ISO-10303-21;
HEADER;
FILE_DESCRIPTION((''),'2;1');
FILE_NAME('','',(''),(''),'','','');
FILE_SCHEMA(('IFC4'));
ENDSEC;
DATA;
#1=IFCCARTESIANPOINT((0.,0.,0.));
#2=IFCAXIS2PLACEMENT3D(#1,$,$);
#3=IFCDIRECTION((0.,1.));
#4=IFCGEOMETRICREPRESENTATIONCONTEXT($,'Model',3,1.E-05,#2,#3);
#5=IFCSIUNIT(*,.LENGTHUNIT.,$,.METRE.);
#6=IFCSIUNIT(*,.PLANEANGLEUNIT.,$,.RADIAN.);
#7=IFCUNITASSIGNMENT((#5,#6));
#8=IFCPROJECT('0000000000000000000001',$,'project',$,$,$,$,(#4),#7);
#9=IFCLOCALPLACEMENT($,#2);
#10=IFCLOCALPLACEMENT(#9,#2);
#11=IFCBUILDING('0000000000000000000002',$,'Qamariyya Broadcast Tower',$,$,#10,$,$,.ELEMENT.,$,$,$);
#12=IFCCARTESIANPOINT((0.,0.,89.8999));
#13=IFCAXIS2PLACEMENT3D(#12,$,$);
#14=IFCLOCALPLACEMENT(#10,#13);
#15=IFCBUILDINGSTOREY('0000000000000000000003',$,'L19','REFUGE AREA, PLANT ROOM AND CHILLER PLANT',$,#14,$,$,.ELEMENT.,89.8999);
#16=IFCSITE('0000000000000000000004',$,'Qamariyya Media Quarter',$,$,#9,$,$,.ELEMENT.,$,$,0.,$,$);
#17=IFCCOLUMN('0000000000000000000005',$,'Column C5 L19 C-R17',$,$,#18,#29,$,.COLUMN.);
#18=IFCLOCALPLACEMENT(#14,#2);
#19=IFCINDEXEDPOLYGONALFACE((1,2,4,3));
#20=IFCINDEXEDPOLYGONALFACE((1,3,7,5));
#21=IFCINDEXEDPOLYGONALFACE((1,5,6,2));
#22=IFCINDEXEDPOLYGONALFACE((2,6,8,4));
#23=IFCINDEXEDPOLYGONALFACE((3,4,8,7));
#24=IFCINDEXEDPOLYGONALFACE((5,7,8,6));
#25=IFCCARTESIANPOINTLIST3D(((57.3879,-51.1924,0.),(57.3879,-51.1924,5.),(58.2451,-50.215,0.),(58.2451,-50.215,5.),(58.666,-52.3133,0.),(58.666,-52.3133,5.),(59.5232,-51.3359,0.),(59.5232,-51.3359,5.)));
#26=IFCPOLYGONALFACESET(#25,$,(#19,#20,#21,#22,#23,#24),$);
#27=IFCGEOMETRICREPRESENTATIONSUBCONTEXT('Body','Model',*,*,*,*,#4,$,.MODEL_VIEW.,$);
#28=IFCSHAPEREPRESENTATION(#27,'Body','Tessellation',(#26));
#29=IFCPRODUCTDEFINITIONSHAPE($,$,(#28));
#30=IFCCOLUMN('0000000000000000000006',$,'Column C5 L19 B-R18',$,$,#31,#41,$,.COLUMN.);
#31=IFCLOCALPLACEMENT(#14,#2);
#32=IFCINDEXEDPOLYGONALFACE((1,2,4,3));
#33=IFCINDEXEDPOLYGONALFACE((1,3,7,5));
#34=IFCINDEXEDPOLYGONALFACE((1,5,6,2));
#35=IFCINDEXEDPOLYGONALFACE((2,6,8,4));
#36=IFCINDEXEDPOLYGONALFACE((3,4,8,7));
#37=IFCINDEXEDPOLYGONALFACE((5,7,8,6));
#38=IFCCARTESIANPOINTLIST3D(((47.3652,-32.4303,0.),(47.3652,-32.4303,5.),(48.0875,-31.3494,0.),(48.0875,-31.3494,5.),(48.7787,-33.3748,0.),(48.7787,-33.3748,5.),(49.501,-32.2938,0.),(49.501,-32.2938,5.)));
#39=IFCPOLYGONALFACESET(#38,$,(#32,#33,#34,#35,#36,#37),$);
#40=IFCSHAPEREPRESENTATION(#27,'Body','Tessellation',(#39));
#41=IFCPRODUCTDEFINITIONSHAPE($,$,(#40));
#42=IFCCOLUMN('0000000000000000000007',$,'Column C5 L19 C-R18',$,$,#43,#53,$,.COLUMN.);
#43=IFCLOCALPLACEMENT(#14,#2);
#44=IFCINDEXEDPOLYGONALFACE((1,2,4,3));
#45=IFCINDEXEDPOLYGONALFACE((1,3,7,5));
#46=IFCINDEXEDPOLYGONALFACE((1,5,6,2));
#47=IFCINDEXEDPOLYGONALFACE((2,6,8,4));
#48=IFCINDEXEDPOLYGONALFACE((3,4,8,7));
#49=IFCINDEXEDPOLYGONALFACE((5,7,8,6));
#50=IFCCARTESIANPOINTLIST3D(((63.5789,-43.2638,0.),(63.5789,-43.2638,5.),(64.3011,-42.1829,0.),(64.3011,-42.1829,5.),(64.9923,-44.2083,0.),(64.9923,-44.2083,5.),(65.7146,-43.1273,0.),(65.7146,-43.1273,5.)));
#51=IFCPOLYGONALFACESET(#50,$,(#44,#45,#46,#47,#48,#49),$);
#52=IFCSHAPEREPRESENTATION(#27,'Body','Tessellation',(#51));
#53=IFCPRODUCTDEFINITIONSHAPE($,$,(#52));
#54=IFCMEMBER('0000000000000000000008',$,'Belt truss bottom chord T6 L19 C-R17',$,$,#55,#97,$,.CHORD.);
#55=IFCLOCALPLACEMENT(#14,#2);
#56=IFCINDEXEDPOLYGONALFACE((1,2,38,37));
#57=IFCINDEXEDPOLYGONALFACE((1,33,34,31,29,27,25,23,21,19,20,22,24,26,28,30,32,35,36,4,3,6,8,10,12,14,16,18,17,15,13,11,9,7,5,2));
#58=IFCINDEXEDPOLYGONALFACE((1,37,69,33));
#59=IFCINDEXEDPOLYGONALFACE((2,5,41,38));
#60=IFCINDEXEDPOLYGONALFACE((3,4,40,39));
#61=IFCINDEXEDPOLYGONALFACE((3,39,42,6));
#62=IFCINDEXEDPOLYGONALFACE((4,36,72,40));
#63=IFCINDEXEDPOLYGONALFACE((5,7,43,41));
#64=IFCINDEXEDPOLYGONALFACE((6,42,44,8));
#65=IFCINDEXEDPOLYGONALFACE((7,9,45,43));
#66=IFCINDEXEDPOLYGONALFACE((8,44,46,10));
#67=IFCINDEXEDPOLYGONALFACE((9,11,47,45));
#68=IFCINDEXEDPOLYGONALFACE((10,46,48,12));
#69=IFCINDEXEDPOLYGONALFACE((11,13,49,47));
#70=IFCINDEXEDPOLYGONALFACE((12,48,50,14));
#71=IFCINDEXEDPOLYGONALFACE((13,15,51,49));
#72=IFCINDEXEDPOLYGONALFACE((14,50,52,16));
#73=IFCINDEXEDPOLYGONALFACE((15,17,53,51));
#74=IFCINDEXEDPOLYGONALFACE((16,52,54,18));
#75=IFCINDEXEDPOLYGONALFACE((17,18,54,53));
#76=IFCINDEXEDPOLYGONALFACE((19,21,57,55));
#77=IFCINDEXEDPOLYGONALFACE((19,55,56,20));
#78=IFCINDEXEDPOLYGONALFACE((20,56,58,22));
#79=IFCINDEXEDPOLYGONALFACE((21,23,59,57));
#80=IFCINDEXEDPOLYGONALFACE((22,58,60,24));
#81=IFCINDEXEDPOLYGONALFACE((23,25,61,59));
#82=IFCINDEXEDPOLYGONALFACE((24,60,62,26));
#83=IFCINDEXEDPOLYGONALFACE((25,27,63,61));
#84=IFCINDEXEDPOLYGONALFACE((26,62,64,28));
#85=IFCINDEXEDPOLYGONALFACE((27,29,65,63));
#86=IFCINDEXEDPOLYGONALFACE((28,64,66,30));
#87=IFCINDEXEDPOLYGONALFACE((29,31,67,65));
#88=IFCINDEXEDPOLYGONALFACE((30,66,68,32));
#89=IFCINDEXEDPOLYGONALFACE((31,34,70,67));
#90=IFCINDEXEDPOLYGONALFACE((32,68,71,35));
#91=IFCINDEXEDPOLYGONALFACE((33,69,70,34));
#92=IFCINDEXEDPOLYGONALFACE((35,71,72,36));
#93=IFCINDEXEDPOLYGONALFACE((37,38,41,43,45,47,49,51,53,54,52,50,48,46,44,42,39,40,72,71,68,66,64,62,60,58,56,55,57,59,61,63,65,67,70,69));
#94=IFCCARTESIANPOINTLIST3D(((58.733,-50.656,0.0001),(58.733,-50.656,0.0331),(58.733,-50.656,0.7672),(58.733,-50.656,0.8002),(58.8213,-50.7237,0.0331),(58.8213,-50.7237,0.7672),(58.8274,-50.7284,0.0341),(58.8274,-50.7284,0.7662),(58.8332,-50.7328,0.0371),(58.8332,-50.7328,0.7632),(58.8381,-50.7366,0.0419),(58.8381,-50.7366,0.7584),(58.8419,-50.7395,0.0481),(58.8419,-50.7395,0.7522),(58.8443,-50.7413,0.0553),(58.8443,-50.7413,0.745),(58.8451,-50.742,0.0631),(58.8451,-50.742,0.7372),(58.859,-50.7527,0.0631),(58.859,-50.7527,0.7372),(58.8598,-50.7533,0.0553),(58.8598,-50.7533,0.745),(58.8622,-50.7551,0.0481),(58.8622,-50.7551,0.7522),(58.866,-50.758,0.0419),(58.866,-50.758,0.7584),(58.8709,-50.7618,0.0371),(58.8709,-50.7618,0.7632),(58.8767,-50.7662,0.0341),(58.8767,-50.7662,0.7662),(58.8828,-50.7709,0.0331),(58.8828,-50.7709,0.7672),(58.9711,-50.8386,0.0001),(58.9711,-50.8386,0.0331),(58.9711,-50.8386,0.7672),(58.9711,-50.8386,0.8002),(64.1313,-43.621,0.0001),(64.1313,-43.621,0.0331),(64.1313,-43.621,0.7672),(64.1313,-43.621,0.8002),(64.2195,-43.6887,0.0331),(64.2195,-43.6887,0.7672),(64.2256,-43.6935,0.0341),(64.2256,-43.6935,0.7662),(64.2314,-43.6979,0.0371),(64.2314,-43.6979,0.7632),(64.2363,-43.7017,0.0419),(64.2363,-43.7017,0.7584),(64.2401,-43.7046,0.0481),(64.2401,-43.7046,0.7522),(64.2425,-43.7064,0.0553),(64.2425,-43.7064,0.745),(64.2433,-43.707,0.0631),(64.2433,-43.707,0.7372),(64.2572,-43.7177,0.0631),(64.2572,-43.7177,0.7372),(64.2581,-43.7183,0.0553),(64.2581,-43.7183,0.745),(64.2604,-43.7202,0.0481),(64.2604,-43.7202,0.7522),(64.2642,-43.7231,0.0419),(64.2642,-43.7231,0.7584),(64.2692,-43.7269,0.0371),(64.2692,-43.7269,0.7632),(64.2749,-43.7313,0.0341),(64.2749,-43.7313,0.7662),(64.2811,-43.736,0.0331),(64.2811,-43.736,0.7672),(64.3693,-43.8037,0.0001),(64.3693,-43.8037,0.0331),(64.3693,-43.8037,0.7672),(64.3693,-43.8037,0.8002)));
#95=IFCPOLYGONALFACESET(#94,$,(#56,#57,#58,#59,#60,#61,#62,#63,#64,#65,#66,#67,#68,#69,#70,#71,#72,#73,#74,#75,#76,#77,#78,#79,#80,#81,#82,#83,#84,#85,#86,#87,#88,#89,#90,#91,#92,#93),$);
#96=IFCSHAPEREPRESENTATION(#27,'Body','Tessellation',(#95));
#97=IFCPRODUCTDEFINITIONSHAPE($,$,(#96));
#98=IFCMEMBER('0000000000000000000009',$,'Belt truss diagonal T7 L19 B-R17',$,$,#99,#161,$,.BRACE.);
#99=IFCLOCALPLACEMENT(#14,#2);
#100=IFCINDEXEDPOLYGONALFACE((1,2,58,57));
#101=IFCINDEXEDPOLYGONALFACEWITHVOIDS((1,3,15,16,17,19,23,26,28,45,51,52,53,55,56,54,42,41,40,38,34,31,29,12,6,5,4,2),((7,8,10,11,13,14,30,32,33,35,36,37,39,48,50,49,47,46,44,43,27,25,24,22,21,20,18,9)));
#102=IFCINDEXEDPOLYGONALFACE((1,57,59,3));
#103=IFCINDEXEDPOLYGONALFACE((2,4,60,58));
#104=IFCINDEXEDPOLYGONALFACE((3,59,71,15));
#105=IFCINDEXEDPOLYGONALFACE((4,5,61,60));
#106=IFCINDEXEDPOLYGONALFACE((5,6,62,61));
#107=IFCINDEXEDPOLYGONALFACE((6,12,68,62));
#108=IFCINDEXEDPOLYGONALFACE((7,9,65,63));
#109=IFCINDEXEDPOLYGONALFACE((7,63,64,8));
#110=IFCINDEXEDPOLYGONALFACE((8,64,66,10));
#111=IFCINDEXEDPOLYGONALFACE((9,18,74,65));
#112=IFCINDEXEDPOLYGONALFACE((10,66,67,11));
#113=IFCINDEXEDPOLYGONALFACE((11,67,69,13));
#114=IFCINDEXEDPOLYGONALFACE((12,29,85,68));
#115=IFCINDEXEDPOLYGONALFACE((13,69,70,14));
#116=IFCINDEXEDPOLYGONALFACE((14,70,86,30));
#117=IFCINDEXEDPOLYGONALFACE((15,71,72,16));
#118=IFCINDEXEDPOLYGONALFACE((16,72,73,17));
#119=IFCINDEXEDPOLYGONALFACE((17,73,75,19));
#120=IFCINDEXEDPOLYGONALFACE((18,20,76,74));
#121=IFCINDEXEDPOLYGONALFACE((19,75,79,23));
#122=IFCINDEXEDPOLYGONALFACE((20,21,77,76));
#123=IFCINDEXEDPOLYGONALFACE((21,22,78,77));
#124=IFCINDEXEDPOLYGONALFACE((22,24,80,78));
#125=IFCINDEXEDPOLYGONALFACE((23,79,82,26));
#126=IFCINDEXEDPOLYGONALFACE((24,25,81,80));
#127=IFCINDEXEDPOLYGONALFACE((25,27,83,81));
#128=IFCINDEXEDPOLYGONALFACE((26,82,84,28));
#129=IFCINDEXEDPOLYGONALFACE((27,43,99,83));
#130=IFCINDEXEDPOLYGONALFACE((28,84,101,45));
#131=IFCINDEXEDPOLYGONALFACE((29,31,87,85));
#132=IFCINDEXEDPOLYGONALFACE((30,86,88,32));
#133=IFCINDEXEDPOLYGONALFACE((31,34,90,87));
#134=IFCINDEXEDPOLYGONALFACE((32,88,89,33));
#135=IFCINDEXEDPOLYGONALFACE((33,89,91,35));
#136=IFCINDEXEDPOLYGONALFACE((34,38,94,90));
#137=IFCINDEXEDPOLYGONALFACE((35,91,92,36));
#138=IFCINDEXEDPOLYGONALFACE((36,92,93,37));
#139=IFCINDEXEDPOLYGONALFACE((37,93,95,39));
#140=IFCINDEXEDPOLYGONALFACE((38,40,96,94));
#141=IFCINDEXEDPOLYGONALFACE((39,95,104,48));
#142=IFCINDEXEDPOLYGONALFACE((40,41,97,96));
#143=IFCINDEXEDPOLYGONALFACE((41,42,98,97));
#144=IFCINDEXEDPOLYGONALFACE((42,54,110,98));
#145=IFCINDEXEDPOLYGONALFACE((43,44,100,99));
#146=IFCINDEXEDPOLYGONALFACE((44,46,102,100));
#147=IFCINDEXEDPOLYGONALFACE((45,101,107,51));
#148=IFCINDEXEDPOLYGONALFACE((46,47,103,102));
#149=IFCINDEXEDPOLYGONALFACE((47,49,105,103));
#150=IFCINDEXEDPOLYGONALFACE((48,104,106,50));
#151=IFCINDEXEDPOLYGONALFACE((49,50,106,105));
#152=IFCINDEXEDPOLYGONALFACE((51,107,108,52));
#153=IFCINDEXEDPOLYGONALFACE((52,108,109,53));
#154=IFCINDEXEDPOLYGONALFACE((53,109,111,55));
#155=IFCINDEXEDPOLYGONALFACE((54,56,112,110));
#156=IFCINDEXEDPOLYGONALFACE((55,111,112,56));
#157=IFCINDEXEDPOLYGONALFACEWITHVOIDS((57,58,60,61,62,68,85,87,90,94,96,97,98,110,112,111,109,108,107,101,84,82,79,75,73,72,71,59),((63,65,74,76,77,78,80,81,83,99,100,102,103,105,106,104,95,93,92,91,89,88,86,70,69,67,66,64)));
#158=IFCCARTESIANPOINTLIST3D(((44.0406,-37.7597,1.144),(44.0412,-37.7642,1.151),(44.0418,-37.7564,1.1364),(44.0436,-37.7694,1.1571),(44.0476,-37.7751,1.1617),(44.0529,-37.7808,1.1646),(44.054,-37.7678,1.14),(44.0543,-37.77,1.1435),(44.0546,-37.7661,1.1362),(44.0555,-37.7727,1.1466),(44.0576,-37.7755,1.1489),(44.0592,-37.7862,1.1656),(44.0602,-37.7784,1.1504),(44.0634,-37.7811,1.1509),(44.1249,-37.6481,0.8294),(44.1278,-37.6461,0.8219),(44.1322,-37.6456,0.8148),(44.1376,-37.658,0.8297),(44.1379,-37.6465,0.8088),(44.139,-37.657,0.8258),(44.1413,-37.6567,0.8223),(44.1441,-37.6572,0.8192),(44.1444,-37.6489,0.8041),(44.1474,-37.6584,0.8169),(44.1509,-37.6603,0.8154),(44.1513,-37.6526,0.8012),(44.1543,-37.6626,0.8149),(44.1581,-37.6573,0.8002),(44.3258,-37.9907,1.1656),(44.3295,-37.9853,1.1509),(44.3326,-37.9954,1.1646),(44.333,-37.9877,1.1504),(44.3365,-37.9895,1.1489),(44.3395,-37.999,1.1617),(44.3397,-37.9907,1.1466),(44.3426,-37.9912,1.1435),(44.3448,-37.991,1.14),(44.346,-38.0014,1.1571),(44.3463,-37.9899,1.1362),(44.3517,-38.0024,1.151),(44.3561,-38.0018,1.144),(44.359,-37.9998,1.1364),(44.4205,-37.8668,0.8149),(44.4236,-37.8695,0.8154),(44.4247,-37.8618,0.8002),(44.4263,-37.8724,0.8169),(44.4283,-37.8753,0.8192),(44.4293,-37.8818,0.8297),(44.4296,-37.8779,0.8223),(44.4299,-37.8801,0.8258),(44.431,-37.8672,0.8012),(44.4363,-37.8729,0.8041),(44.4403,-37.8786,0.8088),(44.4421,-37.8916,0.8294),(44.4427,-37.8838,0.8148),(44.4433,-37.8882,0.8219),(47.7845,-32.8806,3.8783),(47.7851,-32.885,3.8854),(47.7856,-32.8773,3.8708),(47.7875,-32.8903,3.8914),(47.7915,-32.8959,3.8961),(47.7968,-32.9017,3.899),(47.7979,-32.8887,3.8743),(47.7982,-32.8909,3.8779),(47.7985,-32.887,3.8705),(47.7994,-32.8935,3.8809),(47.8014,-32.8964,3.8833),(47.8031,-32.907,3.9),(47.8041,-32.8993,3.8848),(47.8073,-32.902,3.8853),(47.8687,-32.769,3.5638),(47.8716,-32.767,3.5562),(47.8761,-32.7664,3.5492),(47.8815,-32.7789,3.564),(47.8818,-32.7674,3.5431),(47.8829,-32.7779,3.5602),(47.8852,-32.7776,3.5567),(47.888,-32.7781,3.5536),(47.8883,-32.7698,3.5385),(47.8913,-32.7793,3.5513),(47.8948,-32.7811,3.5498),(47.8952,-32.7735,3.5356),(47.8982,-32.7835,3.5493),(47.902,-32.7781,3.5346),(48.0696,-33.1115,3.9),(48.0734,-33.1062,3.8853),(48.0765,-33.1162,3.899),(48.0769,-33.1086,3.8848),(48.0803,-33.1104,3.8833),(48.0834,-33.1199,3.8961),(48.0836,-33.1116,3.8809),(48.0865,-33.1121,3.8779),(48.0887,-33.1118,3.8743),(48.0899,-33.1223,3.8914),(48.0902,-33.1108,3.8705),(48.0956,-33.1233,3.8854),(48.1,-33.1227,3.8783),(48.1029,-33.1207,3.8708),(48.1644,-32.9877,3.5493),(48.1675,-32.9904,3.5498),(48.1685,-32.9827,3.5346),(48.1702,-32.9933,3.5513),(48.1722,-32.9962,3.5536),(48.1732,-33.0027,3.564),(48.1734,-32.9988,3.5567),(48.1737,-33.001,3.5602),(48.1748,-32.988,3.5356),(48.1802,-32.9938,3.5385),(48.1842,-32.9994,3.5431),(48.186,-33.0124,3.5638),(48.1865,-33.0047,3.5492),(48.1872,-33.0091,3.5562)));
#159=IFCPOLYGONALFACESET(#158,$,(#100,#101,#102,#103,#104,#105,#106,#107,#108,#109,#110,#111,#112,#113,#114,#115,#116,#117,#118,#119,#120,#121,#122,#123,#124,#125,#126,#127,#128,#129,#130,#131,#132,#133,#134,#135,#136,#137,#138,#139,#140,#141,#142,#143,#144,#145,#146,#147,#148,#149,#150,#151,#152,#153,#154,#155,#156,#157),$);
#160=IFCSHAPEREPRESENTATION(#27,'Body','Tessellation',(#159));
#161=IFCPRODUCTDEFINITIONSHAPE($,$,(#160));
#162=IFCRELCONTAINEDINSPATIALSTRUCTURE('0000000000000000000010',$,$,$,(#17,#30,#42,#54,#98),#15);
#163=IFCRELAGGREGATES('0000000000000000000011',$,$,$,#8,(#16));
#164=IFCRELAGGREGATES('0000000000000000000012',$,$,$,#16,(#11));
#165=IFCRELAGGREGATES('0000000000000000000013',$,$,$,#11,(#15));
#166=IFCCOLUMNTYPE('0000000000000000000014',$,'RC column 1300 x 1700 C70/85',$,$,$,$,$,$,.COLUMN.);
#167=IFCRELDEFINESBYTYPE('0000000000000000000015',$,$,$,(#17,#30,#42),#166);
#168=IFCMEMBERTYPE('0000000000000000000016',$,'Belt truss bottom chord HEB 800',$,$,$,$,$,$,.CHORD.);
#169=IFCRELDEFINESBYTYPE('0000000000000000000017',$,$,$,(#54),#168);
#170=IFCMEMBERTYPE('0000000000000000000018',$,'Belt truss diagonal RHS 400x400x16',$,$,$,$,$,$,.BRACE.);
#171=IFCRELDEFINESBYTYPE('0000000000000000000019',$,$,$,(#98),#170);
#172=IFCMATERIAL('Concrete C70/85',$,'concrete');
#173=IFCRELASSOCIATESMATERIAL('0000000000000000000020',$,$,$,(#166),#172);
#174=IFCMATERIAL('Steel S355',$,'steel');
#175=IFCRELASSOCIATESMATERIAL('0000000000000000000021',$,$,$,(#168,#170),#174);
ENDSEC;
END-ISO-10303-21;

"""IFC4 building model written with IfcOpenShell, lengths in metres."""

from ifc_helpers import new_model, si_unit, direction, frame, origin, origin_2d, place, context, subcontext, project, spatial, rectangle, hollow_rectangle, i_section, extrude, material, material_profile, profile_set, type_object, element, save


model = new_model("IFC4")

# Units and contexts
model_context = context("Model", 3, precision=1e-05, world=origin(), true_north=direction((0.0, 1.0)))
body_context = subcontext(model_context, "Body", "Model", "MODEL_VIEW")
ifc_project = project(units=[si_unit("LENGTHUNIT", "METRE"), si_unit("PLANEANGLEUNIT", "RADIAN")], contexts=[model_context])

# Site, building, storey
site_placement = place(None, origin())
site = spatial("IfcSite", under=ifc_project, at=site_placement, Name="Qamariyya Media Quarter", CompositionType="ELEMENT", RefElevation=0.0)
building_placement = place(site_placement, origin())
building = spatial("IfcBuilding", under=site, at=building_placement, Name="Qamariyya Broadcast Tower", CompositionType="ELEMENT")
storey_placement = place(building_placement, frame((0.0, 0.0, 89.8999)))
storey = spatial("IfcBuildingStorey", under=building, at=storey_placement, Name="L19", Description="REFUGE AREA, PLANT ROOM AND CHILLER PLANT", CompositionType="ELEMENT", Elevation=89.8999)

# Columns
ifc_material_1 = material(Name="Concrete C70/85", Category="concrete")
ifc_material_profile_1 = material_profile(ifc_material_1, rectangle(XDim=1.3, YDim=1.7, at=origin_2d()))
ifc_profile_set_1 = profile_set([ifc_material_profile_1], Name="Concrete C70/85")
column_type = type_object("IfcColumnType", Name="RC column 1300 x 1700 C70/85", PredefinedType="COLUMN", material=ifc_profile_set_1)
for number, where, z_axis, x_axis, name in (
    (1, (58.4556, -51.2642, 0.0), (0.0, 0.0, 1.0), (0.659346, 0.75184, 0.0), "Column C5 L19 C-R17"),
    (2, (48.4331, -32.3621, 0.0), (0.0, 0.0, 1.0), (0.55557, 0.83147, 0.0), "Column C5 L19 B-R18"),
    (3, (64.6467, -43.1956, 0.0), (0.0, 0.0, 1.0), (0.55557, 0.83147, 0.0), "Column C5 L19 C-R18"),
):
    element("IfcColumn", number, at=place(storey_placement, frame(where, z_axis=z_axis, x_axis=x_axis)), inside=storey, type_object=column_type, Name=name, PredefinedType="COLUMN", context=body_context, shape_type="SweptSolid", body=[
        extrude(rectangle(XDim=1.3, YDim=1.7, at=origin_2d()), origin(), (0.0, 0.0, 1.0), 5.0),
    ])

# Members
ifc_material_2 = material(Name="Steel S355", Category="steel")
ifc_material_profile_2 = material_profile(ifc_material_2, i_section(OverallWidth=0.3, OverallDepth=0.8, WebThickness=0.0176, FlangeThickness=0.033, FilletRadius=0.03, at=origin_2d()))
ifc_profile_set_2 = profile_set([ifc_material_profile_2], Name="Steel S355")
member_type_1 = type_object("IfcMemberType", Name="Belt truss bottom chord HEB 800", PredefinedType="CHORD", material=ifc_profile_set_2)
member_1_placement = place(storey_placement, frame((58.8521, -50.7473, 0.4001), z_axis=(0.60877, 0.793347, 0.0), x_axis=(-0.793347, 0.60877, 0.0)))
element("IfcMember", 4, at=member_1_placement, inside=storey, type_object=member_type_1, Name="Belt truss bottom chord T6 L19 C-R17", PredefinedType="CHORD", context=body_context, shape_type="SweptSolid", body=[
    extrude(i_section(OverallWidth=0.3, OverallDepth=0.8, WebThickness=0.0176, FlangeThickness=0.033, FilletRadius=0.03, at=origin_2d()), origin(), (0.0, 0.0, 1.0), 8.8674),
])
ifc_material_profile_3 = material_profile(ifc_material_2, hollow_rectangle(XDim=0.3999, YDim=0.3999, WallThickness=0.0161, InnerFilletRadius=0.0161, OuterFilletRadius=0.032, at=origin_2d()))
ifc_profile_set_3 = profile_set([ifc_material_profile_3], Name="Steel S355")
member_type_2 = type_object("IfcMemberType", Name="Belt truss diagonal RHS 400x400x16", PredefinedType="BRACE", material=ifc_profile_set_3)
member_2_placement = place(storey_placement, frame((44.2419, -37.824, 0.9829), z_axis=(0.556258, 0.724931, 0.406266), x_axis=(-0.793354, 0.608761, 0.0)))
element("IfcMember", 5, at=member_2_placement, inside=storey, type_object=member_type_2, Name="Belt truss diagonal T7 L19 B-R17", PredefinedType="BRACE", context=body_context, shape_type="SweptSolid", body=[
    extrude(hollow_rectangle(XDim=0.3999, YDim=0.3999, WallThickness=0.0161, InnerFilletRadius=0.0161, OuterFilletRadius=0.032, at=origin_2d()), origin(), (0.0, 0.0, 1.0), 6.7305),
])

save(model, "model.ifc")
